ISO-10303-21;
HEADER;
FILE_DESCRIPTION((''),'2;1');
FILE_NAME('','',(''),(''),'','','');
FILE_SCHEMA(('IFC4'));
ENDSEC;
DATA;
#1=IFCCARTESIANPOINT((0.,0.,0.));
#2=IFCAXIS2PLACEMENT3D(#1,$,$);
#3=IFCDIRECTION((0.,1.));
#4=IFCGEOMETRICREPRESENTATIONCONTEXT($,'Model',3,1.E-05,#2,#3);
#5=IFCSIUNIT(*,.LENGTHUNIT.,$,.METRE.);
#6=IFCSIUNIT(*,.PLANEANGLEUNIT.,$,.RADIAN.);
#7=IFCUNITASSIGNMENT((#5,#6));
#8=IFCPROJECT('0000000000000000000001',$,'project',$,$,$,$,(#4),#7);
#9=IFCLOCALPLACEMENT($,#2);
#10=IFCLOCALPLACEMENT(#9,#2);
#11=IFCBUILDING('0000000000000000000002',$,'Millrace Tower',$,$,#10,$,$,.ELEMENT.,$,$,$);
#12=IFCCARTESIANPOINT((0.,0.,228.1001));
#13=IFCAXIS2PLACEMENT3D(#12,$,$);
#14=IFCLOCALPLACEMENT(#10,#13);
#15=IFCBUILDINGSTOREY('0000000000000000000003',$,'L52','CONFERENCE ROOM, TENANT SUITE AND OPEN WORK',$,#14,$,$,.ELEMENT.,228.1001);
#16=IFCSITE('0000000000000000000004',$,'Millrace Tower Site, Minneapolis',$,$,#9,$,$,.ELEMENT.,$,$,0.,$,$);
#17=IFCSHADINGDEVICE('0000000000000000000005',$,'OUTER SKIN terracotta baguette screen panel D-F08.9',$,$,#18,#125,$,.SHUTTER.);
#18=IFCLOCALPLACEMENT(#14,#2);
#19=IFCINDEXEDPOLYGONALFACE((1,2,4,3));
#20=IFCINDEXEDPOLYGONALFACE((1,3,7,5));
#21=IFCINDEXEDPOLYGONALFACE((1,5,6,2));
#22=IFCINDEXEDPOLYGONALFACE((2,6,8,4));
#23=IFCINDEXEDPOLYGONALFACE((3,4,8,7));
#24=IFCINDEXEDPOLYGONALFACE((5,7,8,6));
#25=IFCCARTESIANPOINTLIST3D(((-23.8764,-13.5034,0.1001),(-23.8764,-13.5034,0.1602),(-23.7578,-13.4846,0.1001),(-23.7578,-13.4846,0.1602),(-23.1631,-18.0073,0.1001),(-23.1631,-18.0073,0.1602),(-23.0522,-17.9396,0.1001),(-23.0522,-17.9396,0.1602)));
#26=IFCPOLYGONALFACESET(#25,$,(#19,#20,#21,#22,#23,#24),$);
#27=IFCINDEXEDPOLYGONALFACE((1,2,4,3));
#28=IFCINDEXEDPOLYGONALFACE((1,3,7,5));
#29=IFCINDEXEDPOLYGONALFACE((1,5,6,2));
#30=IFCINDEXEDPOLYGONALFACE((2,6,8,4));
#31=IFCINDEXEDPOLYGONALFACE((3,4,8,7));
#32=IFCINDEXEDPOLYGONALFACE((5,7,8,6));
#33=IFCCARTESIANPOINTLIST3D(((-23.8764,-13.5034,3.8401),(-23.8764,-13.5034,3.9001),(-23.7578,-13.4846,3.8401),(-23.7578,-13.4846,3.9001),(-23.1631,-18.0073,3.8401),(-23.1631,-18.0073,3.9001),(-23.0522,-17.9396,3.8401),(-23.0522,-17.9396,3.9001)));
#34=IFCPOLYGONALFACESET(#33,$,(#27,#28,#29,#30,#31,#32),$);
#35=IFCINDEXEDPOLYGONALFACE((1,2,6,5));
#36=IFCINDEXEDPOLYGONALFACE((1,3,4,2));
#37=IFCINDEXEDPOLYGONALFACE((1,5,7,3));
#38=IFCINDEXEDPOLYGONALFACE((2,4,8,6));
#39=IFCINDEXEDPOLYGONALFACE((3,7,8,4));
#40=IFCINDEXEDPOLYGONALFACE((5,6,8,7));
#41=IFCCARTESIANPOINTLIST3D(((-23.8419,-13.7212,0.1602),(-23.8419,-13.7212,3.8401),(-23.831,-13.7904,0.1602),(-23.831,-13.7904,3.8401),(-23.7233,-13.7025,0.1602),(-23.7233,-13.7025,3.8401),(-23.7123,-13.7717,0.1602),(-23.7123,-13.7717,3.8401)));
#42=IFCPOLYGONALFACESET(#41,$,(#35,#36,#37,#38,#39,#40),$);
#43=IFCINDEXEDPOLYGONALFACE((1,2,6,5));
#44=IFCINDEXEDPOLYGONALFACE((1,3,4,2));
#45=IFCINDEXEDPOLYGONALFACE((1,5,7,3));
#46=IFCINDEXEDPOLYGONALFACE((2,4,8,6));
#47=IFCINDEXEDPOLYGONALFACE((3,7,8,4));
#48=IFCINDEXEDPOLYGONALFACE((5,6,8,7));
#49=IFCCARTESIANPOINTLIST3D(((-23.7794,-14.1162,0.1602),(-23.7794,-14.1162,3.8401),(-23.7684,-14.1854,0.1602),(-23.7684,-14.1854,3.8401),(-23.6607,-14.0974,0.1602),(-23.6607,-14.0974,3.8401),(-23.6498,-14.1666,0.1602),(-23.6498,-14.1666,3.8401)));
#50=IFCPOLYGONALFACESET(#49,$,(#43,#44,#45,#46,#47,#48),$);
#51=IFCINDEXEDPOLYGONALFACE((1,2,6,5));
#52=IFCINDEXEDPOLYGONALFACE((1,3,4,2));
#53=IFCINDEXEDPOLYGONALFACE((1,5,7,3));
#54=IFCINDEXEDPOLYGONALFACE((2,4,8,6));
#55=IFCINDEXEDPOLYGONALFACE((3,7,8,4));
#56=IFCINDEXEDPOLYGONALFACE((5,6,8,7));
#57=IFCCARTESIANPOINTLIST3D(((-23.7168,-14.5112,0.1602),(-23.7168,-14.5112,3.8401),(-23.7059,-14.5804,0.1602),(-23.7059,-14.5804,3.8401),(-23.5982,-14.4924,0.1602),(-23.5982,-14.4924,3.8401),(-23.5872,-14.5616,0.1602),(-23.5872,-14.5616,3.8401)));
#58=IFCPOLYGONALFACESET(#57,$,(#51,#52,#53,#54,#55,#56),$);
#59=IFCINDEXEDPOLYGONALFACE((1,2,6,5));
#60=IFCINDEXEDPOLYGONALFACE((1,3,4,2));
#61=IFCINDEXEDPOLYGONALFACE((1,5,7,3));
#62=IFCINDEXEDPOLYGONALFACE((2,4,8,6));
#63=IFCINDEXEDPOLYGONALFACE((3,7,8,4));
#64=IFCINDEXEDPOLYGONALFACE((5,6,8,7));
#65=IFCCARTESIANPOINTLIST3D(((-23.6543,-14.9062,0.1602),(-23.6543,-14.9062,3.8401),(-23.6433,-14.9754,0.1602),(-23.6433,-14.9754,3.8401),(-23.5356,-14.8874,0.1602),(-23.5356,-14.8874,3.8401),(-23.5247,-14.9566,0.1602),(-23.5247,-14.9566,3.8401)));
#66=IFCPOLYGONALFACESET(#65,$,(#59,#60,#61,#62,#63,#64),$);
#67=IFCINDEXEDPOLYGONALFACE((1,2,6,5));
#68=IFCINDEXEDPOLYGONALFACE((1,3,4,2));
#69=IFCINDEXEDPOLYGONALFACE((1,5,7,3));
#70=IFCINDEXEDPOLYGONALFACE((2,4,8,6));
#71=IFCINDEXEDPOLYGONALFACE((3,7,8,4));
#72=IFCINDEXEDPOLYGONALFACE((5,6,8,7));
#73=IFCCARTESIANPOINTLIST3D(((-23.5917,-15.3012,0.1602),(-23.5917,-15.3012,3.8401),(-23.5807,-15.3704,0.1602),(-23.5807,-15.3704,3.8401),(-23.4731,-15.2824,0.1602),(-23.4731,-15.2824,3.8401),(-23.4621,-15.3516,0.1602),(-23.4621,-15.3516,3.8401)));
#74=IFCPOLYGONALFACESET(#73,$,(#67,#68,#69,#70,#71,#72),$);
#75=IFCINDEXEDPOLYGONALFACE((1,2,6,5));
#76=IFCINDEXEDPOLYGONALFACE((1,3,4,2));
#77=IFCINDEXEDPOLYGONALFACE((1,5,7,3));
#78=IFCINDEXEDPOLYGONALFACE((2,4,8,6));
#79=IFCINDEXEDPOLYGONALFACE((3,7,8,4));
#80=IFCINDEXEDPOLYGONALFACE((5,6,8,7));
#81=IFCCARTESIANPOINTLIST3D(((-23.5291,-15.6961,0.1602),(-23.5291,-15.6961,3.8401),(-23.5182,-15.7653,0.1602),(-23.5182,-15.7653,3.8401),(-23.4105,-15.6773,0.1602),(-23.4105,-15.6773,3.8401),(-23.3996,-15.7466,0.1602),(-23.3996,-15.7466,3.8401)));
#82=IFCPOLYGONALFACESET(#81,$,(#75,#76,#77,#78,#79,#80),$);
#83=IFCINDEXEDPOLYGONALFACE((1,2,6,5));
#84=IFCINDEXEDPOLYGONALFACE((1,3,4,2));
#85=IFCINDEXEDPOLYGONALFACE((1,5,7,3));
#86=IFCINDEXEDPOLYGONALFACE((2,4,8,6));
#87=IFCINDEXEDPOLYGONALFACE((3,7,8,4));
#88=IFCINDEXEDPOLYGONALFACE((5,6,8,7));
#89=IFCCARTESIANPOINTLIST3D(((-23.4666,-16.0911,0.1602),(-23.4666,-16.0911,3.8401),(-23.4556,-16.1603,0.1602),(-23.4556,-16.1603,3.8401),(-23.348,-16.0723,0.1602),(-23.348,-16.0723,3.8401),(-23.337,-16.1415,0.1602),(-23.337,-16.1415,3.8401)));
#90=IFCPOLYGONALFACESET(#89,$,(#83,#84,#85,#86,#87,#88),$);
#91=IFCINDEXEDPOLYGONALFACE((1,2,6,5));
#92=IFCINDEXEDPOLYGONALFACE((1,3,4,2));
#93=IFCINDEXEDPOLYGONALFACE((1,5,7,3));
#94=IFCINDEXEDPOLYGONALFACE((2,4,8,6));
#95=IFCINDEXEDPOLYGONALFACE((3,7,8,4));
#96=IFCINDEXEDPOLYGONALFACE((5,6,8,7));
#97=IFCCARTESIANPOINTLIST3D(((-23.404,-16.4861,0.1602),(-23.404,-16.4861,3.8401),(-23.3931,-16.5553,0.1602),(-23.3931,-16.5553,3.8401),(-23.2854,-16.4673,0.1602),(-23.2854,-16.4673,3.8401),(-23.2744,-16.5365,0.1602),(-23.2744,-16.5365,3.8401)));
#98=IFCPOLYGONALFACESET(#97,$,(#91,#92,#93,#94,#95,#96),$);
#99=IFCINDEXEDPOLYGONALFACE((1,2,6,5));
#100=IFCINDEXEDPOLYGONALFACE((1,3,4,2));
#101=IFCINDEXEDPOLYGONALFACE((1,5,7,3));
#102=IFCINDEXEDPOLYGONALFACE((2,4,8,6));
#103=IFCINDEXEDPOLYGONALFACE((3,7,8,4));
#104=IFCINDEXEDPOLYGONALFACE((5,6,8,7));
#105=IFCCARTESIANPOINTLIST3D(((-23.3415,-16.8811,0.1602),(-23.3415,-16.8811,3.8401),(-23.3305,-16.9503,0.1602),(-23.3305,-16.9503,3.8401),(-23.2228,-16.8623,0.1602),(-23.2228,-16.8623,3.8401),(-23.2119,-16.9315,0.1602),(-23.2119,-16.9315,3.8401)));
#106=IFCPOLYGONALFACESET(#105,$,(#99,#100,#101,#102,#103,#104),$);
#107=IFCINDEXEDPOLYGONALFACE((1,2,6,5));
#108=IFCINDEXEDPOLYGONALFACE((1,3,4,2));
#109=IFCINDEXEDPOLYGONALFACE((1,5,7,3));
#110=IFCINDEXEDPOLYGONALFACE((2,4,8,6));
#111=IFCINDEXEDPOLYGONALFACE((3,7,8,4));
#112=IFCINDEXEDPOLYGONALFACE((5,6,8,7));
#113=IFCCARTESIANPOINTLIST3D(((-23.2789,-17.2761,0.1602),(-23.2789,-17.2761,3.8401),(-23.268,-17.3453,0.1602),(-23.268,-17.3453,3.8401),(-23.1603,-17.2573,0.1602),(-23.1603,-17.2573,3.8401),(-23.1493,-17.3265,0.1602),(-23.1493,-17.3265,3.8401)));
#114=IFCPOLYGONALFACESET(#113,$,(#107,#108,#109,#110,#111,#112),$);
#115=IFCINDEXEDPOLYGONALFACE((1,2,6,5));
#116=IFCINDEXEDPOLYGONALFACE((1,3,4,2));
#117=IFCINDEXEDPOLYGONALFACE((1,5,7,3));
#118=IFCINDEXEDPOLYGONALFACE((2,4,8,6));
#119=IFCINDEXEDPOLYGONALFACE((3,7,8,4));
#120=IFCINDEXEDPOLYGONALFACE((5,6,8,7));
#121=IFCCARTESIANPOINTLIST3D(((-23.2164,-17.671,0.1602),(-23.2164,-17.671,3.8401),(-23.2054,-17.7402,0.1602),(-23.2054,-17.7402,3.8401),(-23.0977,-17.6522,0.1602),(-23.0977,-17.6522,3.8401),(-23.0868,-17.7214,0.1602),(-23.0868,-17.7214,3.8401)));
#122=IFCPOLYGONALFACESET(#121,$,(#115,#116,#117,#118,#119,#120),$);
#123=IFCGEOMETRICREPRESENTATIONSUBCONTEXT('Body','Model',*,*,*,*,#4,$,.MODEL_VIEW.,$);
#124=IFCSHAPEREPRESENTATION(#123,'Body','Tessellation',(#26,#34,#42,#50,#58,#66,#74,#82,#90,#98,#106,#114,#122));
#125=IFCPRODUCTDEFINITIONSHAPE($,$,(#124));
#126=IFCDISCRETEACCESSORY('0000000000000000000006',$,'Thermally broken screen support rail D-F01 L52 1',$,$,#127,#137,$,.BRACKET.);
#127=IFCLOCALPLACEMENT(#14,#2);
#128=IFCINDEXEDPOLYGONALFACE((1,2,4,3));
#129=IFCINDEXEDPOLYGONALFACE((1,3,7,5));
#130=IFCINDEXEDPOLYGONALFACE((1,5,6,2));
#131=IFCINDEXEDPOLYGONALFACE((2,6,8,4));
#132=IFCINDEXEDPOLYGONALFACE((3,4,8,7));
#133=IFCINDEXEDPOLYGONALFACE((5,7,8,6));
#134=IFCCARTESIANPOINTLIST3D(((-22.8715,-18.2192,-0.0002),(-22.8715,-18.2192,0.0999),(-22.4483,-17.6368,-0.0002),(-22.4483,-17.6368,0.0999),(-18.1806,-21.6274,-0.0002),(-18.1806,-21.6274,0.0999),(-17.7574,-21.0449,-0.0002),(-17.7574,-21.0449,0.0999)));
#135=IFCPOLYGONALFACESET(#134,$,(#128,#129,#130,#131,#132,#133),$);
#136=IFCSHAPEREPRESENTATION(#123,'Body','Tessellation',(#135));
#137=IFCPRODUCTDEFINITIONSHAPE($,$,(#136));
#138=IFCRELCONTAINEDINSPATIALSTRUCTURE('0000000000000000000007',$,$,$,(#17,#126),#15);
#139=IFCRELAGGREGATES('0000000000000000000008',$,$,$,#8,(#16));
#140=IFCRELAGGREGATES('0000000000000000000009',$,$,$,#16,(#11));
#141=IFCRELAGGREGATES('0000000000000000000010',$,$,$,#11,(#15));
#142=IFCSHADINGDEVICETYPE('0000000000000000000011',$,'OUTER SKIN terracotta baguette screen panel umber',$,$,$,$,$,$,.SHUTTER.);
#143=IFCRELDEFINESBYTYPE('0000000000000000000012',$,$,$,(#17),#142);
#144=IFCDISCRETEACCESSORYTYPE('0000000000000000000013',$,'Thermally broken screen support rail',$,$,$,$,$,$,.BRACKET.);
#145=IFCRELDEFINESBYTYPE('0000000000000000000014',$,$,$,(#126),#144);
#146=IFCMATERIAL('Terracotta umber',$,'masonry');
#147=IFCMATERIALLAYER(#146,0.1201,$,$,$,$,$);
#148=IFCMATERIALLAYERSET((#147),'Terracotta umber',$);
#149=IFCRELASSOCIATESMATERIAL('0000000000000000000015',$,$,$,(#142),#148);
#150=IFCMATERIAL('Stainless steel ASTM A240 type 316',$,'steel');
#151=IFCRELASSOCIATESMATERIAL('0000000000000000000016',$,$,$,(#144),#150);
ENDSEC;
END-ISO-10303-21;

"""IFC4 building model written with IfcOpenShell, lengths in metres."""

from ifc_helpers import new_model, entity, si_unit, direction, frame, frame_2d, origin, origin_2d, place, context, subcontext, project, spatial, rectangle, extrude, source, transform, mapped, material, layer, layer_set, type_object, element, save


model = new_model("IFC4")

# Units and contexts
model_context = context("Model", 3, precision=1e-05, world=origin(), true_north=direction((0.0, 1.0)))
body_context = subcontext(model_context, "Body", "Model", "MODEL_VIEW")
ifc_project = project(units=[si_unit("LENGTHUNIT", "METRE"), si_unit("PLANEANGLEUNIT", "RADIAN")], contexts=[model_context])

# Site, building, storey
site_placement = place(None, origin())
site = spatial("IfcSite", under=ifc_project, at=site_placement, Name="Millrace Tower Site, Minneapolis", CompositionType="ELEMENT", RefElevation=0.0)
building_placement = place(site_placement, origin())
building = spatial("IfcBuilding", under=site, at=building_placement, Name="Millrace Tower", CompositionType="ELEMENT")
storey_placement = place(building_placement, frame((0.0, 0.0, 228.1001)))
storey = spatial("IfcBuildingStorey", under=building, at=storey_placement, Name="L52", Description="CONFERENCE ROOM, TENANT SUITE AND OPEN WORK", CompositionType="ELEMENT", Elevation=228.1001)

# Shading device
ifc_material_1 = material(Name="Terracotta umber", Category="masonry")
ifc_layer_1 = layer(ifc_material_1, 0.1201)
ifc_layer_set_1 = layer_set([ifc_layer_1], Name="Terracotta umber")
shading_device_type = type_object("IfcShadingDeviceType", Name="OUTER SKIN terracotta baguette screen panel umber", PredefinedType="SHUTTER", material=ifc_layer_set_1)
cartesian_point_1 = entity("IfcCartesianPoint", [-2.2676, 0.0601])
shared_polyline_1 = entity("IfcPolyline", [cartesian_point_1, entity("IfcCartesianPoint", [2.2429, 0.0601]), entity("IfcCartesianPoint", [2.2925, -0.0601]), entity("IfcCartesianPoint", [-2.2676, -0.0601]), cartesian_point_1])
shared_shape_1 = source(origin(), body_context, "Body", "SweptSolid", [
    entity("IfcExtrudedAreaSolid", entity("IfcArbitraryClosedProfileDef", "AREA", None, shared_polyline_1), entity("IfcAxis2Placement3D", entity("IfcCartesianPoint", [0.0, 0.0, 0.0])), entity("IfcDirection", [0.0, 0.0, 1.0]), 0.0601),
    entity("IfcExtrudedAreaSolid", entity("IfcArbitraryClosedProfileDef", "AREA", None, shared_polyline_1), entity("IfcAxis2Placement3D", entity("IfcCartesianPoint", [0.0, 0.0, 3.74])), entity("IfcDirection", [0.0, 0.0, 1.0]), 0.0601),
    extrude(rectangle(XDim=0.0701, YDim=0.1201, at=frame_2d((-2.012, 0.0))), frame((0.0, 0.0, 0.0601)), (0.0, 0.0, 1.0), 3.6799),
    extrude(rectangle(XDim=0.0701, YDim=0.1201, at=frame_2d((-1.6121, 0.0))), frame((0.0, 0.0, 0.0601)), (0.0, 0.0, 1.0), 3.6799),
    extrude(rectangle(XDim=0.0701, YDim=0.1201, at=frame_2d((-1.2122, 0.0))), frame((0.0, 0.0, 0.0601)), (0.0, 0.0, 1.0), 3.6799),
    extrude(rectangle(XDim=0.0701, YDim=0.1201, at=frame_2d((-0.8123, 0.0))), frame((0.0, 0.0, 0.0601)), (0.0, 0.0, 1.0), 3.6799),
    extrude(rectangle(XDim=0.0701, YDim=0.1201, at=frame_2d((-0.4124, 0.0))), frame((0.0, 0.0, 0.0601)), (0.0, 0.0, 1.0), 3.6799),
    extrude(rectangle(XDim=0.0701, YDim=0.1201, at=frame_2d((-0.0125, 0.0))), frame((0.0, 0.0, 0.0601)), (0.0, 0.0, 1.0), 3.6799),
    extrude(rectangle(XDim=0.0701, YDim=0.1201, at=frame_2d((0.3875, 0.0))), frame((0.0, 0.0, 0.0601)), (0.0, 0.0, 1.0), 3.6799),
    extrude(rectangle(XDim=0.0701, YDim=0.1201, at=frame_2d((0.7874, 0.0))), frame((0.0, 0.0, 0.0601)), (0.0, 0.0, 1.0), 3.6799),
    extrude(rectangle(XDim=0.0701, YDim=0.1201, at=frame_2d((1.1873, 0.0))), frame((0.0, 0.0, 0.0601)), (0.0, 0.0, 1.0), 3.6799),
    extrude(rectangle(XDim=0.0701, YDim=0.1201, at=frame_2d((1.5872, 0.0))), frame((0.0, 0.0, 0.0601)), (0.0, 0.0, 1.0), 3.6799),
    extrude(rectangle(XDim=0.0701, YDim=0.1201, at=frame_2d((1.9871, 0.0))), frame((0.0, 0.0, 0.0601)), (0.0, 0.0, 1.0), 3.6799),
])
shading_device_1_placement = place(storey_placement, frame((-23.4624, -15.7336, 0.1001), z_axis=(0.0, 0.0, 1.0), x_axis=(0.156434, -0.987688, 0.0)))
element("IfcShadingDevice", 1, at=shading_device_1_placement, inside=storey, type_object=shading_device_type, Name="OUTER SKIN terracotta baguette screen panel D-F08.9", PredefinedType="SHUTTER", context=body_context, shape_type="MappedRepresentation", body=[
    mapped(shared_shape_1, transform((0.0, 0.0, 0.0), scale=1.0)),
])

# Discrete accessory
ifc_material_2 = material(Name="Stainless steel ASTM A240 type 316", Category="steel")
discrete_accessory_type = type_object("IfcDiscreteAccessoryType", Name="Thermally broken screen support rail", PredefinedType="BRACKET", material=ifc_material_2)
discrete_accessory_placement = place(storey_placement, frame((-20.3145, -19.6321, -0.0002), z_axis=(0.0, 0.0, 1.0), x_axis=(0.809017, -0.587785, 0.0)))
element("IfcDiscreteAccessory", 2, at=discrete_accessory_placement, inside=storey, type_object=discrete_accessory_type, Name="Thermally broken screen support rail D-F01 L52 1", PredefinedType="BRACKET", context=body_context, shape_type="SweptSolid", body=[
    extrude(rectangle(XDim=5.7983, YDim=0.72, at=origin_2d()), origin(), (0.0, 0.0, 1.0), 0.1001),
])

save(model, "model.ifc")
